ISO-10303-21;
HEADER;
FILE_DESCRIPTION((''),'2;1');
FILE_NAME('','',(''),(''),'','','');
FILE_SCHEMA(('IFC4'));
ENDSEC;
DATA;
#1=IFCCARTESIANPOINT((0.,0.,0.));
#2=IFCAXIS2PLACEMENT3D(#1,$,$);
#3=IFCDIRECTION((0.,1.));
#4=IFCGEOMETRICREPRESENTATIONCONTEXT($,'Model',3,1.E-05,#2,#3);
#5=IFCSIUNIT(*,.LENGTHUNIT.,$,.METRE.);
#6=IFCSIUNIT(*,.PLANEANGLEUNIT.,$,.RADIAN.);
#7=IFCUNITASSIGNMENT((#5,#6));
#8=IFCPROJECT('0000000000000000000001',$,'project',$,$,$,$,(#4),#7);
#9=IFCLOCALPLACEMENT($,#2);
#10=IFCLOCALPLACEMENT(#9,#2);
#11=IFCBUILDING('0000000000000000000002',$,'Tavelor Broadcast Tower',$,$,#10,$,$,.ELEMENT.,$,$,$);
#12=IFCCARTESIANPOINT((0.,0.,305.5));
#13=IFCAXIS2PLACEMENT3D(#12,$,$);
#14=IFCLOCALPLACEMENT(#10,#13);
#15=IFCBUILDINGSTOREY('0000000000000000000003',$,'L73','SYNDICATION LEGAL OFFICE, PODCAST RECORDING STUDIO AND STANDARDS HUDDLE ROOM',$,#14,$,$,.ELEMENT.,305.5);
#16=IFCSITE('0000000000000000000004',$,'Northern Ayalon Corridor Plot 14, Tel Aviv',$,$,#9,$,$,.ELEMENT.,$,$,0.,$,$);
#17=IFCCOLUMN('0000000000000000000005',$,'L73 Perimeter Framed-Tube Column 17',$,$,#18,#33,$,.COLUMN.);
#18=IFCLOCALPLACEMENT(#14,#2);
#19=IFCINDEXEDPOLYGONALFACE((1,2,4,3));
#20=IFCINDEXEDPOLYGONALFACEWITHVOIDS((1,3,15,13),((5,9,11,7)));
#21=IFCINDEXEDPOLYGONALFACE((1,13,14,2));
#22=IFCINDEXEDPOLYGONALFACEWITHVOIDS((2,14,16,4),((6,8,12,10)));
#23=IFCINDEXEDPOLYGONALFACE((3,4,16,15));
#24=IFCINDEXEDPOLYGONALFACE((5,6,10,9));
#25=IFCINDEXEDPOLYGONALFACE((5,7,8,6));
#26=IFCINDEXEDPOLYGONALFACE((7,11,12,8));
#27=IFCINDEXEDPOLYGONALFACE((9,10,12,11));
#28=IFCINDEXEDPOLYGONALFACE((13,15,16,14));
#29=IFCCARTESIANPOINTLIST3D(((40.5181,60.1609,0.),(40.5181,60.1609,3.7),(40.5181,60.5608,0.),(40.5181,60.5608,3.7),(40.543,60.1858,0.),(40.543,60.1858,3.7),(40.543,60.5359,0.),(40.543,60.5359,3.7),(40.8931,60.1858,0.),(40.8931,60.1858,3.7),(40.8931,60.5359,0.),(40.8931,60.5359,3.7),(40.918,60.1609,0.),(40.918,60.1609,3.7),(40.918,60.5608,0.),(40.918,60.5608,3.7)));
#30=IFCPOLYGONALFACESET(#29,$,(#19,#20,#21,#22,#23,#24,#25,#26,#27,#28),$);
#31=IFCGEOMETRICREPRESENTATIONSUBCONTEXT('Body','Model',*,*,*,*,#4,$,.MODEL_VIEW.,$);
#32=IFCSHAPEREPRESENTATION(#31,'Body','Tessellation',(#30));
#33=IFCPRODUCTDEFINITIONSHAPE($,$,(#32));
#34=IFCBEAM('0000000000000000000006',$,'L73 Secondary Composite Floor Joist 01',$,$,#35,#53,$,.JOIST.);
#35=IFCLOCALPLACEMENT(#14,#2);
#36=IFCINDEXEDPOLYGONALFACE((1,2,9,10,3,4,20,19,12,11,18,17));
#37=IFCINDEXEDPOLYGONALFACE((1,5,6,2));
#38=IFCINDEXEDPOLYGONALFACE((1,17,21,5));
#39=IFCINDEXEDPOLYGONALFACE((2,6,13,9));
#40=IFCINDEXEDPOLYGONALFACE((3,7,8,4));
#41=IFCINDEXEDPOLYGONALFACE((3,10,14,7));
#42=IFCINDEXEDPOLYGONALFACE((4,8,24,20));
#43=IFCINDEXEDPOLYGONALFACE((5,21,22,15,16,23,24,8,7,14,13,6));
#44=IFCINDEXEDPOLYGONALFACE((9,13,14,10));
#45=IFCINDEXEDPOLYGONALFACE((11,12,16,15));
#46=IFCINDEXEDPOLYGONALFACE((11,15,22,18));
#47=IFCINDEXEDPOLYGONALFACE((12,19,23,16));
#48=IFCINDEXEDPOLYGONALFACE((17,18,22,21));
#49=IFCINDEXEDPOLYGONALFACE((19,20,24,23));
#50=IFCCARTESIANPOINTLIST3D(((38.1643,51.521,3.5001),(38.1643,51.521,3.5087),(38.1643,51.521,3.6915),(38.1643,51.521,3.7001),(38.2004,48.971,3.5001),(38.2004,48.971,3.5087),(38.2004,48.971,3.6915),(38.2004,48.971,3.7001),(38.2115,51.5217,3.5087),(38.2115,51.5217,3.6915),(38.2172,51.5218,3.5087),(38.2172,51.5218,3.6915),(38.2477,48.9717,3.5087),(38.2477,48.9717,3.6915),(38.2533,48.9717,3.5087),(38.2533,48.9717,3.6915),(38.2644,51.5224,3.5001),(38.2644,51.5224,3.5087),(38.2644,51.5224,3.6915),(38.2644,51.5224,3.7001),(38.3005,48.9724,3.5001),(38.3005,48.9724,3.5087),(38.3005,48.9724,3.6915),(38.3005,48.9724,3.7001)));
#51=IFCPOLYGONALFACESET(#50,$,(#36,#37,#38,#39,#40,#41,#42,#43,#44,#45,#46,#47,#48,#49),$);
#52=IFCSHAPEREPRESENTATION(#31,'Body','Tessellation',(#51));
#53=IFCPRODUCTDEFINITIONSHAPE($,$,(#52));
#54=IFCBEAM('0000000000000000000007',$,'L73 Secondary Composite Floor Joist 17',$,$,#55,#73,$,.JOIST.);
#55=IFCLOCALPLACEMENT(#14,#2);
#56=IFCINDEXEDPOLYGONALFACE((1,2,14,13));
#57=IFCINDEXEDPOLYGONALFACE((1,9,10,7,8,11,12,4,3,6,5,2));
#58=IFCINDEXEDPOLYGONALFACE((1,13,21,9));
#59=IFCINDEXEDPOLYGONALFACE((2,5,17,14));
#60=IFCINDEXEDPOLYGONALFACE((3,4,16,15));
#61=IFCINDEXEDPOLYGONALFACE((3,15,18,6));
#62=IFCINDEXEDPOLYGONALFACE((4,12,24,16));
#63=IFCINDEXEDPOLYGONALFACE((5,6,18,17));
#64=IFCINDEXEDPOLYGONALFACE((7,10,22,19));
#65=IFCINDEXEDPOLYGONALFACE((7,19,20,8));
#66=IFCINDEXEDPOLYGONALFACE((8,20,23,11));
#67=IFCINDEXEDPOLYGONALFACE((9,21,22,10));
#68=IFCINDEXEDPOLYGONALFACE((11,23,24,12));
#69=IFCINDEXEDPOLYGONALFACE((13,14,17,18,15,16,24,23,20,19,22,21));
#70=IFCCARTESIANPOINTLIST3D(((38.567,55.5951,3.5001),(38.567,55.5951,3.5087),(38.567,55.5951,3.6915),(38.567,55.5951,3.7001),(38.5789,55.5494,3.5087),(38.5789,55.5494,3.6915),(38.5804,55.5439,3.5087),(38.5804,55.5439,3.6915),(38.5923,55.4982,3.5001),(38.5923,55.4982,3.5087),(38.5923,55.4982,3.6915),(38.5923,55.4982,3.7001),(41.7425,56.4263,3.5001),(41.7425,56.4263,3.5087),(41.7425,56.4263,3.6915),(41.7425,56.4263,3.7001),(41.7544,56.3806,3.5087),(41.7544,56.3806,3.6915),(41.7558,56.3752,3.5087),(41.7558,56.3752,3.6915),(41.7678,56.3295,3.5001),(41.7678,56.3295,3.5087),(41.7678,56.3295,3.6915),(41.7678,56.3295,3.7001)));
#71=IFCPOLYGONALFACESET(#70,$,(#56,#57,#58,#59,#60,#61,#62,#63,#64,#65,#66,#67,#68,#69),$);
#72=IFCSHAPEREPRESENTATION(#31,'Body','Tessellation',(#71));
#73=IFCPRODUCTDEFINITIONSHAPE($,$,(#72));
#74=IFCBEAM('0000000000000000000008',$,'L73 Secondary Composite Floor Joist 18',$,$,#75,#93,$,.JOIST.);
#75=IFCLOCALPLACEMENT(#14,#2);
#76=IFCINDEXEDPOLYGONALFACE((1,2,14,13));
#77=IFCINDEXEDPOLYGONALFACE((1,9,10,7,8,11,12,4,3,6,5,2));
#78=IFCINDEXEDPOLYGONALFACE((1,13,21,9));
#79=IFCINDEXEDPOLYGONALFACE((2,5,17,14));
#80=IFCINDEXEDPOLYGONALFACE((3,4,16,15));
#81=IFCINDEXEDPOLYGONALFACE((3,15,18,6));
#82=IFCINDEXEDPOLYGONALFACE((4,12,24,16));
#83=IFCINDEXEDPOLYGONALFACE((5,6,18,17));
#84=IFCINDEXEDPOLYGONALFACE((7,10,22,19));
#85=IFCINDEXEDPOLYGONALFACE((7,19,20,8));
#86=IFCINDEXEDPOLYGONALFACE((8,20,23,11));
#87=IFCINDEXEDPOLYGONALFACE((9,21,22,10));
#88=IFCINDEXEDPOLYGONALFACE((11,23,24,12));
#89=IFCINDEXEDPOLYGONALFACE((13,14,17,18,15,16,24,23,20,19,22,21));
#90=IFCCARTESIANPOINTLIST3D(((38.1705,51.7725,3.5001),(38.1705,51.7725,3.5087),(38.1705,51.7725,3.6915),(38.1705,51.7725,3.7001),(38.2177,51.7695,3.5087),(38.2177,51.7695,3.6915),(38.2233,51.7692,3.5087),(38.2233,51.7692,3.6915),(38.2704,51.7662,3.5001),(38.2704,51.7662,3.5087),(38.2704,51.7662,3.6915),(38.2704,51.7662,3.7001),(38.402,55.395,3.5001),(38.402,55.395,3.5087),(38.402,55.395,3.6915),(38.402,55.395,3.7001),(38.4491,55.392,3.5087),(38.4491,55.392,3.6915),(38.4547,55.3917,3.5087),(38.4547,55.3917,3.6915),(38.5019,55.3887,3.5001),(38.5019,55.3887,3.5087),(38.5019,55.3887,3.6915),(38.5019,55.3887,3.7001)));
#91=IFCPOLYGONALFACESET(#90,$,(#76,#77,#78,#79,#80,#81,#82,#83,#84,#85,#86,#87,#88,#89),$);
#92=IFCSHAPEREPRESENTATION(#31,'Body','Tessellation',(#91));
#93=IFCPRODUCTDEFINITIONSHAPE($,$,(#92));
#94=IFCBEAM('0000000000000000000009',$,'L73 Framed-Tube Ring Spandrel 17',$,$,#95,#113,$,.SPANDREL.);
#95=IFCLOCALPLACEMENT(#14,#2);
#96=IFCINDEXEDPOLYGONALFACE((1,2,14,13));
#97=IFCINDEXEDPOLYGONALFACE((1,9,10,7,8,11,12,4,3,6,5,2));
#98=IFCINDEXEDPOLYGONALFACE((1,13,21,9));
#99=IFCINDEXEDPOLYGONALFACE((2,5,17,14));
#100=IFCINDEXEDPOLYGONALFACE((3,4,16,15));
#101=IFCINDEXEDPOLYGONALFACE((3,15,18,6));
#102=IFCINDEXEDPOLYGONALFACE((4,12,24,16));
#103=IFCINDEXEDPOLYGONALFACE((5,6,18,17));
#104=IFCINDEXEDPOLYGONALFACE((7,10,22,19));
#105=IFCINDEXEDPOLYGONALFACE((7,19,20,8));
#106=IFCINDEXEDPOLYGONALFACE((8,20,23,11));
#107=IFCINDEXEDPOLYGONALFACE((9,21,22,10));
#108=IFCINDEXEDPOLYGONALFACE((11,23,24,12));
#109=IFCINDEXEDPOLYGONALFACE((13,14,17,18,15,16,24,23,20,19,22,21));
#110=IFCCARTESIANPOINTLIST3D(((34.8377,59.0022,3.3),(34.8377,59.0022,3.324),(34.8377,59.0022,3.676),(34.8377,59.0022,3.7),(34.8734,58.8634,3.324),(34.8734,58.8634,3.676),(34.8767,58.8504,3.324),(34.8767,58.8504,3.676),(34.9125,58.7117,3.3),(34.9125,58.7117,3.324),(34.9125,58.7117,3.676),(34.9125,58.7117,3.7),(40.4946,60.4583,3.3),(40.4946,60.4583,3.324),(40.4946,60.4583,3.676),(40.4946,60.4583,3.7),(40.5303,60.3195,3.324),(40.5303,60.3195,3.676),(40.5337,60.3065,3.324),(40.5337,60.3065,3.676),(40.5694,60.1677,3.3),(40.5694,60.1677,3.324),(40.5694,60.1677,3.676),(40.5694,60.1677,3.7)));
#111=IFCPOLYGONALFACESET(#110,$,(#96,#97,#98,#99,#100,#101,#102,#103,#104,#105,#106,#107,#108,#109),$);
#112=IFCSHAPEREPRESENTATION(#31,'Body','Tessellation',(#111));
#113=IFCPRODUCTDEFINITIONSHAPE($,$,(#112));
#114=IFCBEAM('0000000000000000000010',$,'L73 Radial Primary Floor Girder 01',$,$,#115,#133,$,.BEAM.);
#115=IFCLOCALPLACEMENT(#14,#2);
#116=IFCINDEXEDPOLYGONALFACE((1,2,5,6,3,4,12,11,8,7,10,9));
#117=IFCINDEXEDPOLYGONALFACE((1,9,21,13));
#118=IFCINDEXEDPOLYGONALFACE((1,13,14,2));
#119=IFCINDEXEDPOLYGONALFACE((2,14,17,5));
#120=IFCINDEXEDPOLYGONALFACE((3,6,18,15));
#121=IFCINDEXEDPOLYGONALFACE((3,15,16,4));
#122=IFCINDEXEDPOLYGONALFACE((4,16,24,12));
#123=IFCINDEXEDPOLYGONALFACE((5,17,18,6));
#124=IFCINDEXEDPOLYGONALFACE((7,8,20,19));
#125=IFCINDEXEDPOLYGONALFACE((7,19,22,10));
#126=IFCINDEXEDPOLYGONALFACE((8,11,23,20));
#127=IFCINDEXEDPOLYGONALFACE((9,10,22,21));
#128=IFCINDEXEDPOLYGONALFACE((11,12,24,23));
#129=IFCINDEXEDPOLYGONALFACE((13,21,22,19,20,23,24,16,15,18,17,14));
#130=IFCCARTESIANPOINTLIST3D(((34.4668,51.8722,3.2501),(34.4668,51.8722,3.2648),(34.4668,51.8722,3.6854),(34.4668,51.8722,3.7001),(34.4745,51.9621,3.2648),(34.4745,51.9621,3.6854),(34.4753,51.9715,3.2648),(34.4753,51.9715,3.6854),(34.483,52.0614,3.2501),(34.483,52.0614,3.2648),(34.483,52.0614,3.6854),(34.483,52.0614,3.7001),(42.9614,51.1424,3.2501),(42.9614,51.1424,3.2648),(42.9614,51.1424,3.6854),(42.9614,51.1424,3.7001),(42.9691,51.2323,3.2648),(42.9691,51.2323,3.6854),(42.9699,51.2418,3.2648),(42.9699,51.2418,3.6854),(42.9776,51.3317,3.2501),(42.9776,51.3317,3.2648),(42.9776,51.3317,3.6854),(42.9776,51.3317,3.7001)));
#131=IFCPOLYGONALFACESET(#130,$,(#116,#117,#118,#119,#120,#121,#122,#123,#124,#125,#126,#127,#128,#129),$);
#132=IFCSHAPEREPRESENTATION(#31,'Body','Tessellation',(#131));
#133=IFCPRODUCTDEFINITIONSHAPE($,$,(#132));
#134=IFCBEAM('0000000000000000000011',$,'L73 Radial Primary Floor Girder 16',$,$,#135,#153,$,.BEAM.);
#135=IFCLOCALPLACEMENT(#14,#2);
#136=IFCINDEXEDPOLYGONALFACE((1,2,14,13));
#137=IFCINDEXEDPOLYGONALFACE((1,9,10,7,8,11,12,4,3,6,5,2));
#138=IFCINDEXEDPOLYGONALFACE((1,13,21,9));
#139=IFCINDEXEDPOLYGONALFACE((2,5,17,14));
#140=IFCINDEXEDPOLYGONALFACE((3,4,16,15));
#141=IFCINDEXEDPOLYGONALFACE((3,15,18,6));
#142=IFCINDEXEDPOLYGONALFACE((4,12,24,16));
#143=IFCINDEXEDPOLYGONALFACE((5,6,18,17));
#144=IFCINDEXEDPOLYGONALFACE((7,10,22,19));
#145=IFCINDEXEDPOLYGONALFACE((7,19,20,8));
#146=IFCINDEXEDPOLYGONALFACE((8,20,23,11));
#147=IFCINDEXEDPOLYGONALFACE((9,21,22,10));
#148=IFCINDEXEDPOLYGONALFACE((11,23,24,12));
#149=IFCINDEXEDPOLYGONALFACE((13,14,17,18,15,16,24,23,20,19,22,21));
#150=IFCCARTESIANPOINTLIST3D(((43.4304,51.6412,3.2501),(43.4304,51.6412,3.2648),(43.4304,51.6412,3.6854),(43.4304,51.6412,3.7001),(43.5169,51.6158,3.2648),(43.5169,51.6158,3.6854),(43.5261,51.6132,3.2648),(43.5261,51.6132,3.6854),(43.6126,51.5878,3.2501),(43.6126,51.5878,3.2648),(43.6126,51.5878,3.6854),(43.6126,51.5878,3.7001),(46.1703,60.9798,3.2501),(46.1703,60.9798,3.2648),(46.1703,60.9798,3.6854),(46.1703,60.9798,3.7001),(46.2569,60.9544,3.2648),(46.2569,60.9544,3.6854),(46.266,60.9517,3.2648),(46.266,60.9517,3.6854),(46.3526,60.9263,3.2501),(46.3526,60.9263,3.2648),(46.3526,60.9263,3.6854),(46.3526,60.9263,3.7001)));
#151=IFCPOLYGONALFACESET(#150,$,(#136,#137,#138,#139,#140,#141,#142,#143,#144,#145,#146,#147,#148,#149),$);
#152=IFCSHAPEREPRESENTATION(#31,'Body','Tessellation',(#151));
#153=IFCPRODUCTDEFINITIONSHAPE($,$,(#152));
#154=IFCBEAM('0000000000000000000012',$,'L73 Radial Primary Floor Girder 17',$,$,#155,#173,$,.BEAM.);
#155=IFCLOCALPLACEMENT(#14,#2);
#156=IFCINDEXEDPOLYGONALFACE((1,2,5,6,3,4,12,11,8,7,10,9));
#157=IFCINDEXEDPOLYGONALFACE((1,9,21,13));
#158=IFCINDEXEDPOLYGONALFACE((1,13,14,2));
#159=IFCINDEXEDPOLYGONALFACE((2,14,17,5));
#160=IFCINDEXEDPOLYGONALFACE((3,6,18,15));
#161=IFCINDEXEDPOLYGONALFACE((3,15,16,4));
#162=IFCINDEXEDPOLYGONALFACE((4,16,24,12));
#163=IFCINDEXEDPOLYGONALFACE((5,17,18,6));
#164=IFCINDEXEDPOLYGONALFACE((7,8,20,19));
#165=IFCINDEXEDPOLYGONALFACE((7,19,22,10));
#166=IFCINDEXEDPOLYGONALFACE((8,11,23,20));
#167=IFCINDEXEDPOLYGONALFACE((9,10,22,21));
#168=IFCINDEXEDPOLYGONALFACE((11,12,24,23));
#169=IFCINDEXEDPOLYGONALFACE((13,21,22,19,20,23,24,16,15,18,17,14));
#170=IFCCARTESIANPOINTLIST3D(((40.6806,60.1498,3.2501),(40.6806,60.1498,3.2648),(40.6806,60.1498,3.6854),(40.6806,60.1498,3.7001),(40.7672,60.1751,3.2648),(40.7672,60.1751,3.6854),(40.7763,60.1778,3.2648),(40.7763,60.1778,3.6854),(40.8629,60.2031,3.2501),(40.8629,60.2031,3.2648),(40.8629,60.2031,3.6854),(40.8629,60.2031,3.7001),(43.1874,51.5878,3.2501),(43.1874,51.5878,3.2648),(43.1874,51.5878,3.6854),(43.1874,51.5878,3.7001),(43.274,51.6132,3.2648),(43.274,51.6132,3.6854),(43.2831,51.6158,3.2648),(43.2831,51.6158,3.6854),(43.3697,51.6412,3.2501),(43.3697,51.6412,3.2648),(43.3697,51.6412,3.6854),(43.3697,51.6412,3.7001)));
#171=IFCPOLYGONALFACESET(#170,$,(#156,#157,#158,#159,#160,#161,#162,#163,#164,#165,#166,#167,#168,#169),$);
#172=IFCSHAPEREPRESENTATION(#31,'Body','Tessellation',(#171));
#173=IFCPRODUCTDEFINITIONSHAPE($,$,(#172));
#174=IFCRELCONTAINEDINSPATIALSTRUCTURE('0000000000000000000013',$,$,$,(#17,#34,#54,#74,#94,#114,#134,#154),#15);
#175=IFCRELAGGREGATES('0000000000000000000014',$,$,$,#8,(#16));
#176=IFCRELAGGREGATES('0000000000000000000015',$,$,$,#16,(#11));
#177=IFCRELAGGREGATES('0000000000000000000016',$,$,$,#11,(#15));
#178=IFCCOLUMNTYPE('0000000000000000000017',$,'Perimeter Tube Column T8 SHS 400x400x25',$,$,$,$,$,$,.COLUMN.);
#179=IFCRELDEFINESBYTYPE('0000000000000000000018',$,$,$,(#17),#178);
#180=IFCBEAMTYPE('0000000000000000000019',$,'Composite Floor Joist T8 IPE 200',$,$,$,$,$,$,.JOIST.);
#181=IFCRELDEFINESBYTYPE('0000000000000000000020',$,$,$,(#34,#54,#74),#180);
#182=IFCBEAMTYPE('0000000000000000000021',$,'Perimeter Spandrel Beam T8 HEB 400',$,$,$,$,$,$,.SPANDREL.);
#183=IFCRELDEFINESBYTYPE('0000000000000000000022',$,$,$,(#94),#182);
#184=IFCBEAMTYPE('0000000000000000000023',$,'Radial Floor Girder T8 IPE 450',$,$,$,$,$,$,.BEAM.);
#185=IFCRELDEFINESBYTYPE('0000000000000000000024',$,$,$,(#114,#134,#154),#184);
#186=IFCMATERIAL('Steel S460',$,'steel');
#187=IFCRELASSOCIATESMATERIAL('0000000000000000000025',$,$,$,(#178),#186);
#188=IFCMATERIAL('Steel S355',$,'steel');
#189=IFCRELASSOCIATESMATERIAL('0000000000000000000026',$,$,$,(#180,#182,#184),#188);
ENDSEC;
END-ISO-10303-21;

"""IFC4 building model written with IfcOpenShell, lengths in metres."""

from ifc_helpers import new_model, si_unit, direction, frame, origin, origin_2d, place, context, subcontext, project, spatial, hollow_rectangle, i_section, extrude, material, material_profile, profile_set, type_object, element, save


model = new_model("IFC4")

# Units and contexts
model_context = context("Model", 3, precision=1e-05, world=origin(), true_north=direction((0.0, 1.0)))
body_context = subcontext(model_context, "Body", "Model", "MODEL_VIEW")
ifc_project = project(units=[si_unit("LENGTHUNIT", "METRE"), si_unit("PLANEANGLEUNIT", "RADIAN")], contexts=[model_context])

# Site, building, storey
site_placement = place(None, origin())
site = spatial("IfcSite", under=ifc_project, at=site_placement, Name="Northern Ayalon Corridor Plot 14, Tel Aviv", CompositionType="ELEMENT", RefElevation=0.0)
building_placement = place(site_placement, origin())
building = spatial("IfcBuilding", under=site, at=building_placement, Name="Tavelor Broadcast Tower", CompositionType="ELEMENT")
storey_placement = place(building_placement, frame((0.0, 0.0, 305.5)))
storey = spatial("IfcBuildingStorey", under=building, at=storey_placement, Name="L73", Description="SYNDICATION LEGAL OFFICE, PODCAST RECORDING STUDIO AND STANDARDS HUDDLE ROOM", CompositionType="ELEMENT", Elevation=305.5)

# Column
ifc_material_1 = material(Name="Steel S460", Category="steel")
ifc_material_profile_1 = material_profile(ifc_material_1, hollow_rectangle(XDim=0.3999, YDim=0.3999, WallThickness=0.0249, at=origin_2d()), Name="SHS 400x400x25")
ifc_profile_set_1 = profile_set([ifc_material_profile_1], Name="Steel S460")
column_type = type_object("IfcColumnType", Name="Perimeter Tube Column T8 SHS 400x400x25", PredefinedType="COLUMN", material=ifc_profile_set_1)
column_placement = place(storey_placement, frame((40.718, 60.3608, 0.0), z_axis=(0.0, 0.0, 1.0), x_axis=(1.0, 0.0, 0.0)))
element("IfcColumn", 1, at=column_placement, inside=storey, type_object=column_type, Name="L73 Perimeter Framed-Tube Column 17", PredefinedType="COLUMN", context=body_context, shape_type="SweptSolid", body=[
    extrude(hollow_rectangle(XDim=0.3999, YDim=0.3999, WallThickness=0.0249, at=origin_2d()), origin(), (0.0, 0.0, 1.0), 3.7),
])

# Beams
ifc_material_2 = material(Name="Steel S355", Category="steel")
ifc_material_profile_2 = material_profile(ifc_material_2, i_section(OverallWidth=0.1001, OverallDepth=0.2, WebThickness=0.0056, FlangeThickness=0.0085, at=origin_2d()), Name="IPE 200")
ifc_profile_set_2 = profile_set([ifc_material_profile_2], Name="Steel S355")
beam_type_1 = type_object("IfcBeamType", Name="Composite Floor Joist T8 IPE 200", PredefinedType="JOIST", material=ifc_profile_set_2)
beam_1_placement = place(storey_placement, frame((38.2144, 51.5217, 3.6001), z_axis=(0.014168, -0.9999, 0.0), x_axis=(0.9999, 0.014168, 0.0)))
element("IfcBeam", 2, at=beam_1_placement, inside=storey, type_object=beam_type_1, Name="L73 Secondary Composite Floor Joist 01", PredefinedType="JOIST", context=body_context, shape_type="SweptSolid", body=[
    extrude(i_section(OverallWidth=0.1001, OverallDepth=0.2, WebThickness=0.0056, FlangeThickness=0.0085, at=origin_2d()), origin(), (0.0, 0.0, 1.0), 2.5503),
])
beam_2_placement = place(storey_placement, frame((41.7551, 56.3779, 3.6001), z_axis=(-0.967401, -0.253248, 0.0), x_axis=(0.253248, -0.967401, 0.0)))
element("IfcBeam", 3, at=beam_2_placement, inside=storey, type_object=beam_type_1, Name="L73 Secondary Composite Floor Joist 17", PredefinedType="JOIST", context=body_context, shape_type="SweptSolid", body=[
    extrude(i_section(OverallWidth=0.1001, OverallDepth=0.2, WebThickness=0.0056, FlangeThickness=0.0085, at=origin_2d()), origin(), (0.0, 0.0, 1.0), 3.2825),
])
beam_3_placement = place(storey_placement, frame((38.4519, 55.3918, 3.6001), z_axis=(-0.06376, -0.997965, 0.0), x_axis=(0.997965, -0.06376, 0.0)))
element("IfcBeam", 4, at=beam_3_placement, inside=storey, type_object=beam_type_1, Name="L73 Secondary Composite Floor Joist 18", PredefinedType="JOIST", context=body_context, shape_type="SweptSolid", body=[
    extrude(i_section(OverallWidth=0.1001, OverallDepth=0.2, WebThickness=0.0056, FlangeThickness=0.0085, at=origin_2d()), origin(), (0.0, 0.0, 1.0), 3.6299),
])
ifc_material_profile_3 = material_profile(ifc_material_2, i_section(OverallWidth=0.3, OverallDepth=0.3999, WebThickness=0.0134, FlangeThickness=0.0239, at=origin_2d()), Name="HEB 400")
ifc_profile_set_3 = profile_set([ifc_material_profile_3], Name="Steel S355")
beam_type_2 = type_object("IfcBeamType", Name="Perimeter Spandrel Beam T8 HEB 400", PredefinedType="SPANDREL", material=ifc_profile_set_3)
beam_4_placement = place(storey_placement, frame((40.532, 60.313, 3.5), z_axis=(-0.968435, -0.249266, 0.0), x_axis=(0.249266, -0.968435, 0.0)))
element("IfcBeam", 5, at=beam_4_placement, inside=storey, type_object=beam_type_2, Name="L73 Framed-Tube Ring Spandrel 17", PredefinedType="SPANDREL", context=body_context, shape_type="SweptSolid", body=[
    extrude(i_section(OverallWidth=0.3, OverallDepth=0.3999, WebThickness=0.0134, FlangeThickness=0.0239, at=origin_2d()), origin(), (0.0, 0.0, 1.0), 5.8413),
])
ifc_material_profile_4 = material_profile(ifc_material_2, i_section(OverallWidth=0.1899, OverallDepth=0.45, WebThickness=0.0095, FlangeThickness=0.0146, at=origin_2d()), Name="IPE 450")
ifc_profile_set_4 = profile_set([ifc_material_profile_4], Name="Steel S355")
beam_type_3 = type_object("IfcBeamType", Name="Radial Floor Girder T8 IPE 450", PredefinedType="BEAM", material=ifc_profile_set_4)
beam_5_placement = place(storey_placement, frame((42.9695, 51.2371, 3.4751), z_axis=(-0.99633, 0.08559, 0.0), x_axis=(-0.08559, -0.99633, 0.0)))
element("IfcBeam", 6, at=beam_5_placement, inside=storey, type_object=beam_type_3, Name="L73 Radial Primary Floor Girder 01", PredefinedType="BEAM", context=body_context, shape_type="SweptSolid", body=[
    extrude(i_section(OverallWidth=0.1899, OverallDepth=0.45, WebThickness=0.0095, FlangeThickness=0.0146, at=origin_2d()), origin(), (0.0, 0.0, 1.0), 8.5259),
])
beam_6_placement = place(storey_placement, frame((43.5215, 51.6145, 3.4751), z_axis=(0.281536, 0.959551, 0.0), x_axis=(-0.959551, 0.281536, 0.0)))
element("IfcBeam", 7, at=beam_6_placement, inside=storey, type_object=beam_type_3, Name="L73 Radial Primary Floor Girder 16", PredefinedType="BEAM", context=body_context, shape_type="SweptSolid", body=[
    extrude(i_section(OverallWidth=0.1899, OverallDepth=0.45, WebThickness=0.0095, FlangeThickness=0.0146, at=origin_2d()), origin(), (0.0, 0.0, 1.0), 9.7322),
])
beam_7_placement = place(storey_placement, frame((43.2786, 51.6145, 3.4751), z_axis=(-0.28099, 0.959711, 0.0), x_axis=(-0.959711, -0.28099, 0.0)))
element("IfcBeam", 8, at=beam_7_placement, inside=storey, type_object=beam_type_3, Name="L73 Radial Primary Floor Girder 17", PredefinedType="BEAM", context=body_context, shape_type="SweptSolid", body=[
    extrude(i_section(OverallWidth=0.1899, OverallDepth=0.45, WebThickness=0.0095, FlangeThickness=0.0146, at=origin_2d()), origin(), (0.0, 0.0, 1.0), 8.9214),
])

save(model, "model.ifc")
